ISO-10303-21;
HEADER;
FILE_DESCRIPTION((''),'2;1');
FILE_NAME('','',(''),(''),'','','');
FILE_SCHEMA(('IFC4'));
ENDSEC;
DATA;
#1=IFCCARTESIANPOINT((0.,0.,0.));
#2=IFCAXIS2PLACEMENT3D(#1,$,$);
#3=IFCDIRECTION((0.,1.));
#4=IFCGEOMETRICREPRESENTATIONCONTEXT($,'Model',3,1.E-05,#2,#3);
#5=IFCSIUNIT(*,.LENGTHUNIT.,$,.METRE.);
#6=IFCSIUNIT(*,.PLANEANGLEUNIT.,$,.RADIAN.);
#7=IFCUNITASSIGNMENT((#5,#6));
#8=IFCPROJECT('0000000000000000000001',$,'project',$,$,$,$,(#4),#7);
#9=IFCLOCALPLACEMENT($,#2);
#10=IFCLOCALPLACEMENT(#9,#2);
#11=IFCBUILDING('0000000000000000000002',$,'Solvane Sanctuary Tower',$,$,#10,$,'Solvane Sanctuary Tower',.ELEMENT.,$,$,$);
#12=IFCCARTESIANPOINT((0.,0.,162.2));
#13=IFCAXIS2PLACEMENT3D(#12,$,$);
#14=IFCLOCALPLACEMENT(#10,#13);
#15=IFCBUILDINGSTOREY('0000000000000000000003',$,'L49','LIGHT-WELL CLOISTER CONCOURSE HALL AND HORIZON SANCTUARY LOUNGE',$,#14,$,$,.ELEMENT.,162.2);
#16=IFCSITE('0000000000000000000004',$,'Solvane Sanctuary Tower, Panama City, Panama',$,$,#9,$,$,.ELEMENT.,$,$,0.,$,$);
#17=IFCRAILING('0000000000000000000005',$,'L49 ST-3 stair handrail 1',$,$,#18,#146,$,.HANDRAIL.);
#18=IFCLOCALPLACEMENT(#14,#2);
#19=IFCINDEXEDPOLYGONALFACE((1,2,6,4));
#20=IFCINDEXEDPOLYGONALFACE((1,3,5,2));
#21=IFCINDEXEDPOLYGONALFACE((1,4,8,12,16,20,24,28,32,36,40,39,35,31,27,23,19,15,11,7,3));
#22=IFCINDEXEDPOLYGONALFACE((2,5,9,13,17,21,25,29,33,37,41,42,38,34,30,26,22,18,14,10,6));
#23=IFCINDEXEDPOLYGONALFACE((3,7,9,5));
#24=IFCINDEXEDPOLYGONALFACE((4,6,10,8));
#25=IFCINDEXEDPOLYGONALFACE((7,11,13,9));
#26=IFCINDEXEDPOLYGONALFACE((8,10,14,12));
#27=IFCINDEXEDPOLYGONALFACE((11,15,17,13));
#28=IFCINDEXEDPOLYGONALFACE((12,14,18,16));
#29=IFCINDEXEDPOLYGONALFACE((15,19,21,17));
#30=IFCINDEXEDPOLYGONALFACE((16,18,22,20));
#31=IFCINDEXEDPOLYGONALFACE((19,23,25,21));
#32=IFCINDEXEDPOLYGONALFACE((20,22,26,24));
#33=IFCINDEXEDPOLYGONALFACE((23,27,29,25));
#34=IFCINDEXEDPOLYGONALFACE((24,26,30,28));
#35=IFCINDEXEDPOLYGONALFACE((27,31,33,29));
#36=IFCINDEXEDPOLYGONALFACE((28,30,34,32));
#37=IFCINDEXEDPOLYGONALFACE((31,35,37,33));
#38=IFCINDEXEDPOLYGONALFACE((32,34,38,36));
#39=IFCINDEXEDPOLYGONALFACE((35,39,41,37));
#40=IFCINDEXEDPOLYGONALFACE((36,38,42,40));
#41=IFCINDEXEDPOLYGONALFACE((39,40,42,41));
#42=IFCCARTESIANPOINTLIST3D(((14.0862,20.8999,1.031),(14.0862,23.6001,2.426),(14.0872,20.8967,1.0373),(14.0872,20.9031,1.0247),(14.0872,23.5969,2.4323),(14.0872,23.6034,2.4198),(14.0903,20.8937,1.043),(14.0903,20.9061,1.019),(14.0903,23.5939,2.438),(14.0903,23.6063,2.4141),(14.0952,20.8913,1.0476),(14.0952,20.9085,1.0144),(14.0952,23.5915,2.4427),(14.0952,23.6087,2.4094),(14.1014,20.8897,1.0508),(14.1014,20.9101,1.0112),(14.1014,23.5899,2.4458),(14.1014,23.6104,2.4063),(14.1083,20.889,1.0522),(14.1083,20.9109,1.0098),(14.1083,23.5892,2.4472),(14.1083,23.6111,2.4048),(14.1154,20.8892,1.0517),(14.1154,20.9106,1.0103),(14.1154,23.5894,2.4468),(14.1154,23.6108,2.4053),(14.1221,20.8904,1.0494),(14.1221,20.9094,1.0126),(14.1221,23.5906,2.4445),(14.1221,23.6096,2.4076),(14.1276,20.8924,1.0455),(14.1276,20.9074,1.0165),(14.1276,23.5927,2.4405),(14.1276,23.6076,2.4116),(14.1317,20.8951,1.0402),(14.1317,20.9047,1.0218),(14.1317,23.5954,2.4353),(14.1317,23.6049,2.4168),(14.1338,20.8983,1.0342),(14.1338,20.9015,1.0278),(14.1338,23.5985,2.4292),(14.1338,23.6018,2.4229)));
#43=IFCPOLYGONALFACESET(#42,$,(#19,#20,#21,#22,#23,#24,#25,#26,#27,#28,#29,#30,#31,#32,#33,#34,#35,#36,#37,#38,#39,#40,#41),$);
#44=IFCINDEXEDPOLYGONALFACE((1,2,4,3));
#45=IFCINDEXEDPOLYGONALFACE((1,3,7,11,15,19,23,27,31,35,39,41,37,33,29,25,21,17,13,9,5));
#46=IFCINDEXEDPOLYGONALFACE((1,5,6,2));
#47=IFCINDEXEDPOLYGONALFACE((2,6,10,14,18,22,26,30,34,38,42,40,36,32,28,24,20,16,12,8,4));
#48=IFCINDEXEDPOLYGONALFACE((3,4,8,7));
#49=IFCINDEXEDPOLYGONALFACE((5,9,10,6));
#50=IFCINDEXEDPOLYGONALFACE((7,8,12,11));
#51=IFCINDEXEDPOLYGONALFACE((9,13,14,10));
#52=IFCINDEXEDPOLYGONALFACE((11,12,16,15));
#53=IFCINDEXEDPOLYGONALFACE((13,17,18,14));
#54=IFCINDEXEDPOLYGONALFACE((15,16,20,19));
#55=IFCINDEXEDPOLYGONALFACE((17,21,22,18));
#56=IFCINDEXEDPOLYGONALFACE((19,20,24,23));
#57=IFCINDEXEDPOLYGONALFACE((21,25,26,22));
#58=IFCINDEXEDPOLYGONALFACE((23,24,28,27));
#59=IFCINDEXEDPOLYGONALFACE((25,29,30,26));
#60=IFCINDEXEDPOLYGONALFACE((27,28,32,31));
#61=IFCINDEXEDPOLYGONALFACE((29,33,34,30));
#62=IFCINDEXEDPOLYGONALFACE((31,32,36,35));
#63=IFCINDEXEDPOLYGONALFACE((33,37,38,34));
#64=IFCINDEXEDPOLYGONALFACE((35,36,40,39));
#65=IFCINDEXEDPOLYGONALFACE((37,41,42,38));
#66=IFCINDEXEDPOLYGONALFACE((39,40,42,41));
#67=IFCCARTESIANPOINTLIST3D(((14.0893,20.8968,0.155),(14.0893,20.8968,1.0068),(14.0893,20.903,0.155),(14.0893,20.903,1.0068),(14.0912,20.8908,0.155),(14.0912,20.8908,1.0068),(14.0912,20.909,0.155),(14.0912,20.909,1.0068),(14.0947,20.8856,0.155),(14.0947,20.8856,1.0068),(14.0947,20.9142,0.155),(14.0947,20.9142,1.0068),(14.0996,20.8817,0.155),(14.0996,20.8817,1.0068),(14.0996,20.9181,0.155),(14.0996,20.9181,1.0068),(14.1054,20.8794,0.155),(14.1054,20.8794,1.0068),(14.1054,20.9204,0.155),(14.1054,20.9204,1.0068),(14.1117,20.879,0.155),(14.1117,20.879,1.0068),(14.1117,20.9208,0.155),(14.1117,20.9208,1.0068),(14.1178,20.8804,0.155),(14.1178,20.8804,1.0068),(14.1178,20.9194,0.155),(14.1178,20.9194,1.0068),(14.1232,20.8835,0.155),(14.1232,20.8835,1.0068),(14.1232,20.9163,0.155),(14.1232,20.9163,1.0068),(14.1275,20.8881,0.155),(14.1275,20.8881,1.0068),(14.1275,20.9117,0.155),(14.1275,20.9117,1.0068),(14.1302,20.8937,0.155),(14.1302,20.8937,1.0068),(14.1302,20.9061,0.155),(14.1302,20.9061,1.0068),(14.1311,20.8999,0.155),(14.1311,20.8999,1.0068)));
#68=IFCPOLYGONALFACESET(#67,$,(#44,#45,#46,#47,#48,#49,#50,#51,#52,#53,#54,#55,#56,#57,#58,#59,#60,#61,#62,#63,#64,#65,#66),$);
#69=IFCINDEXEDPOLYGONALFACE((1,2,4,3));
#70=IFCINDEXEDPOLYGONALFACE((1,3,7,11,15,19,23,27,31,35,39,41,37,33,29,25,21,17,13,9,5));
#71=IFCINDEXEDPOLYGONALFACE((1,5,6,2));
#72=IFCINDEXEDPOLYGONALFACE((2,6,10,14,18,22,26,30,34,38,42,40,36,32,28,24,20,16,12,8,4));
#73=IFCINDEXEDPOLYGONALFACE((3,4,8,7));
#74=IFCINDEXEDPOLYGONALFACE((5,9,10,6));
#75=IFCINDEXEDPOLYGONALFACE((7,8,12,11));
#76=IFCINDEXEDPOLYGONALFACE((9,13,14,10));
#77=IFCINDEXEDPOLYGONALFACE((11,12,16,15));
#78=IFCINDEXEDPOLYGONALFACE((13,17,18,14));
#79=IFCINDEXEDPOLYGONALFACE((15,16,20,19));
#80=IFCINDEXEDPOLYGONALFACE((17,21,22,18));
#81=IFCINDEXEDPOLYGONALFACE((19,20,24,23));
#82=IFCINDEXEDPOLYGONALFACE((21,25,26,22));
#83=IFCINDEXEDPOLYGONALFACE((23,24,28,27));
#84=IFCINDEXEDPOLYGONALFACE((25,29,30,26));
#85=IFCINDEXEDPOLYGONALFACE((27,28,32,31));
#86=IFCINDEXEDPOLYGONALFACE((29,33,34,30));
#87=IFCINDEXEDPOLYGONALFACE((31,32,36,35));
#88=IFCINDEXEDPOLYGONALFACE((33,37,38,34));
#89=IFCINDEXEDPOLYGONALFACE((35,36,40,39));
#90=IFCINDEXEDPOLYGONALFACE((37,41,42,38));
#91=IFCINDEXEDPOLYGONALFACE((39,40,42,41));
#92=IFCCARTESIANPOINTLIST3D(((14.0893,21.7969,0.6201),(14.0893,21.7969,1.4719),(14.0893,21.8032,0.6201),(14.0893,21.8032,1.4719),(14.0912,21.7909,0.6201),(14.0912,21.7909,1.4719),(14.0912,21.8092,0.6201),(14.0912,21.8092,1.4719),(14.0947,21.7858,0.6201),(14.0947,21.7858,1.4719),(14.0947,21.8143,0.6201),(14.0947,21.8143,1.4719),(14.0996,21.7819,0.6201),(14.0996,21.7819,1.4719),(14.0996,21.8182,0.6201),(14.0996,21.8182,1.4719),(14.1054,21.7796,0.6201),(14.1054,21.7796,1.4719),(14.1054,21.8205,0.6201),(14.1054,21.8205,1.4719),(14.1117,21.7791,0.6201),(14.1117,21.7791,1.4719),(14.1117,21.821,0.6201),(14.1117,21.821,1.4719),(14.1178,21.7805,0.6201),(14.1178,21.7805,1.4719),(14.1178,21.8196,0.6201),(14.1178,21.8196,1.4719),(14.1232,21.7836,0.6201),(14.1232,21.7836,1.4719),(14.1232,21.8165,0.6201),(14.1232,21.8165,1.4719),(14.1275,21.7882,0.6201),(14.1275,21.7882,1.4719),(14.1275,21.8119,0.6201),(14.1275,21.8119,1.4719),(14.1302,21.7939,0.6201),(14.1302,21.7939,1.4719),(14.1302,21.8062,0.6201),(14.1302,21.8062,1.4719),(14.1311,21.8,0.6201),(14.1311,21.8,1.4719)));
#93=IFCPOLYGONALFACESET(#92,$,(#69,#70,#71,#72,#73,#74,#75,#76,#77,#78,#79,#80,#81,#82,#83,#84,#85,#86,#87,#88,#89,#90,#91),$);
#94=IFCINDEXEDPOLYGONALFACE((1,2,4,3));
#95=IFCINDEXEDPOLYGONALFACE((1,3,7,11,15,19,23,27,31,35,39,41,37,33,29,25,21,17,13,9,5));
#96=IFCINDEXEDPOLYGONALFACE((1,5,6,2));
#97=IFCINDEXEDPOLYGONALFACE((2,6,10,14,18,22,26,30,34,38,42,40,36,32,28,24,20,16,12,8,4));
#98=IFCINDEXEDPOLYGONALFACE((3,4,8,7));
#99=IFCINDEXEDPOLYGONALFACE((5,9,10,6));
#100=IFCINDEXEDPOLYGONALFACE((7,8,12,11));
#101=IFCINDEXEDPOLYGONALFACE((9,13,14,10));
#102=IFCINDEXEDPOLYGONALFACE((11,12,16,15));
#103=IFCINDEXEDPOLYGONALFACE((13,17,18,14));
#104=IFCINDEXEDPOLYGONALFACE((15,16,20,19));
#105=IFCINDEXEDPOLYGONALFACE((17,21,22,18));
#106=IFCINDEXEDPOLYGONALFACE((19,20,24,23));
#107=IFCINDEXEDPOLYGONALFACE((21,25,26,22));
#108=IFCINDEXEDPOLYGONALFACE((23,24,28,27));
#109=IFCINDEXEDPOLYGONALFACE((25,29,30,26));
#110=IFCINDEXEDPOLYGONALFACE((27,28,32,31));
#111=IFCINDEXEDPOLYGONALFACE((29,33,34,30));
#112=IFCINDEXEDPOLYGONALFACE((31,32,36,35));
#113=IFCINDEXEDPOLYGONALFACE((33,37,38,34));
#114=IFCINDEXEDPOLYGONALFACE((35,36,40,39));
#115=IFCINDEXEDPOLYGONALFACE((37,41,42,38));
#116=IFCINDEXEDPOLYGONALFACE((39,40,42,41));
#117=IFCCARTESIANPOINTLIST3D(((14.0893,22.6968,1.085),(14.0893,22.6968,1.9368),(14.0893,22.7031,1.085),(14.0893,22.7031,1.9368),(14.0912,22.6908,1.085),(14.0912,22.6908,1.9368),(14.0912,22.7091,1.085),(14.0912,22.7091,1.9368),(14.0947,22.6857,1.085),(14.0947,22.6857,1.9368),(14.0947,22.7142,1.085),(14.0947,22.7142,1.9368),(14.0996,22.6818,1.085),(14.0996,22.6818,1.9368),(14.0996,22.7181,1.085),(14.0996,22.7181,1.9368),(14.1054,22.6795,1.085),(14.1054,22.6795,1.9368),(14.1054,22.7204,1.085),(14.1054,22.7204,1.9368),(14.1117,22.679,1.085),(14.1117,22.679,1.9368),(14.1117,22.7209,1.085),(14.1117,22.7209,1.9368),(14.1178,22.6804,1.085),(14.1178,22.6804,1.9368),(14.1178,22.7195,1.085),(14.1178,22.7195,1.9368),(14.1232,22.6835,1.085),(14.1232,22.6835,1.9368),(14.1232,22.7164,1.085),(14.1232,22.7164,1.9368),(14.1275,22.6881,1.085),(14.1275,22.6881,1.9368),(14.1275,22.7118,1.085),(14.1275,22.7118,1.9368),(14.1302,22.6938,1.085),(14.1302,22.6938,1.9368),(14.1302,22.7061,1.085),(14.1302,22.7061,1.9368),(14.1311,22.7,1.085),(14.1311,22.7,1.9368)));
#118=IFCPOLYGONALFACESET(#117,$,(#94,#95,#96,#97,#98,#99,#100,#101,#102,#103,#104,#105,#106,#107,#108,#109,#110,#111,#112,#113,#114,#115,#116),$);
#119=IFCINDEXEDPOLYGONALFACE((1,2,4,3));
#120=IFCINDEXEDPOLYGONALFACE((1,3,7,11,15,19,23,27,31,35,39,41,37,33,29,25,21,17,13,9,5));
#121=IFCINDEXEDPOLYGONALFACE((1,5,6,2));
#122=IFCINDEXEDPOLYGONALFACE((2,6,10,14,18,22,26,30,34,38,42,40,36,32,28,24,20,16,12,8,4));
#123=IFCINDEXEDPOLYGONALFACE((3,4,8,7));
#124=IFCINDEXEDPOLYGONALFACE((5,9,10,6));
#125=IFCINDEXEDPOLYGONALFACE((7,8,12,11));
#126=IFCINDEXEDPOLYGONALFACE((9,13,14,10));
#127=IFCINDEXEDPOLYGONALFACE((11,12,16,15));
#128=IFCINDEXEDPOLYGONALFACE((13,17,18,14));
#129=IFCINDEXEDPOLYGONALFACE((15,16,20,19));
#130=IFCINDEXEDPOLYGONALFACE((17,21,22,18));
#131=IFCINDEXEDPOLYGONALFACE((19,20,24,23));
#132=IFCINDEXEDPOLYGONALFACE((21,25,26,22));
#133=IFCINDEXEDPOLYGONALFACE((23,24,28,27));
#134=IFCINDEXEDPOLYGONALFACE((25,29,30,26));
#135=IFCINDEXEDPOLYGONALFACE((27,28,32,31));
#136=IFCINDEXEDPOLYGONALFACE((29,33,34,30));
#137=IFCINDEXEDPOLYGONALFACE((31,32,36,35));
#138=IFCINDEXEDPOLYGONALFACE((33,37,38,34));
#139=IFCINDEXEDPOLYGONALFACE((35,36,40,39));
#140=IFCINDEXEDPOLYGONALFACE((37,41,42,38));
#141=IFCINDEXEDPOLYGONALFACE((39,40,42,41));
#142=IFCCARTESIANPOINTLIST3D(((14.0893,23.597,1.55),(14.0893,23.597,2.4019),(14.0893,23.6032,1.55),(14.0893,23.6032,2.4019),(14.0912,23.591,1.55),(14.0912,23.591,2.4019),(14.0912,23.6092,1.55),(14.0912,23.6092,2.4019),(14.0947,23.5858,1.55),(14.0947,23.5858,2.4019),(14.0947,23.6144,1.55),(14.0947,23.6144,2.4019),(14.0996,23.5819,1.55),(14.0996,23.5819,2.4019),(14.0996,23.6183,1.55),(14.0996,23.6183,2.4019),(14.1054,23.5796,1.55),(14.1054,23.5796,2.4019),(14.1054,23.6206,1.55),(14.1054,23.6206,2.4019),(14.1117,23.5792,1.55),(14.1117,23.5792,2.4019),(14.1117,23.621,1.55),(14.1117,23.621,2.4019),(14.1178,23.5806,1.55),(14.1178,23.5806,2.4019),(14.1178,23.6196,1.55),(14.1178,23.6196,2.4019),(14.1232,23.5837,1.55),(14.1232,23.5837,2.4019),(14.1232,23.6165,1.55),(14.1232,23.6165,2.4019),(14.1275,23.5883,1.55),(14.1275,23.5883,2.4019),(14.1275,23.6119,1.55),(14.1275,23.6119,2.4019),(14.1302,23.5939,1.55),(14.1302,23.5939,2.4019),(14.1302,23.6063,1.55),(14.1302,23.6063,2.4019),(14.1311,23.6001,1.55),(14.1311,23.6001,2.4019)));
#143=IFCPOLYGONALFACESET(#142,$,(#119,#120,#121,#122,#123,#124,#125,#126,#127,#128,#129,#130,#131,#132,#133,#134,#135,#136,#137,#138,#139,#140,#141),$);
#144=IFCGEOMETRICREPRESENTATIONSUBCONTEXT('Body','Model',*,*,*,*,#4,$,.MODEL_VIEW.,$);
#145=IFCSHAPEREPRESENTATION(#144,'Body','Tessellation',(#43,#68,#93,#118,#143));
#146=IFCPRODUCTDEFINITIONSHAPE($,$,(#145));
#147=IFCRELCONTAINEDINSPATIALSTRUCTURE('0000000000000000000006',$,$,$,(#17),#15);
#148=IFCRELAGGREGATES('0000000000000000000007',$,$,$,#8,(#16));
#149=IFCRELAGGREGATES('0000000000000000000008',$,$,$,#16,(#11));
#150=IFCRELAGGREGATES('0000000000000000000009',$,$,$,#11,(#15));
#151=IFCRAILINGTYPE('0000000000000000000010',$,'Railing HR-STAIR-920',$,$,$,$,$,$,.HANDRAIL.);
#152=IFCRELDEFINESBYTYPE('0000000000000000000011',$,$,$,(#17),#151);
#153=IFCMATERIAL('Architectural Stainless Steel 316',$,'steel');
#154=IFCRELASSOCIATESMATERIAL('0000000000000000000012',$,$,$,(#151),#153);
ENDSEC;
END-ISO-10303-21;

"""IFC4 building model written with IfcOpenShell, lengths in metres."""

from ifc_helpers import new_model, si_unit, direction, frame, origin, origin_2d, place, context, subcontext, project, spatial, circle, extrude, material, type_object, element, save


model = new_model("IFC4")

# Units and contexts
model_context = context("Model", 3, precision=1e-05, world=origin(), true_north=direction((0.0, 1.0)))
body_context = subcontext(model_context, "Body", "Model", "MODEL_VIEW")
ifc_project = project(units=[si_unit("LENGTHUNIT", "METRE"), si_unit("PLANEANGLEUNIT", "RADIAN")], contexts=[model_context])

# Site, building, storey
site_placement = place(None, origin())
site = spatial("IfcSite", under=ifc_project, at=site_placement, Name="Solvane Sanctuary Tower, Panama City, Panama", CompositionType="ELEMENT", RefElevation=0.0)
building_placement = place(site_placement, origin())
building = spatial("IfcBuilding", under=site, at=building_placement, Name="Solvane Sanctuary Tower", LongName="Solvane Sanctuary Tower", CompositionType="ELEMENT")
storey_placement = place(building_placement, frame((0.0, 0.0, 162.2)))
storey = spatial("IfcBuildingStorey", under=building, at=storey_placement, Name="L49", Description="LIGHT-WELL CLOISTER CONCOURSE HALL AND HORIZON SANCTUARY LOUNGE", CompositionType="ELEMENT", Elevation=162.2)

# Shared definitions
ifc_material_1 = material(Name="Architectural Stainless Steel 316", Category="steel")

# Railing
railing_type_1 = type_object("IfcRailingType", Name="Railing HR-STAIR-920", PredefinedType="HANDRAIL", material=ifc_material_1)
railing_1_placement = place(storey_placement, frame((14.1101, 20.8999, 0.155)))
element("IfcRailing", 1, at=railing_1_placement, inside=storey, type_object=railing_type_1, Name="L49 ST-3 stair handrail 1", PredefinedType="HANDRAIL", context=body_context, shape_type="SweptSolid", body=[
    extrude(circle(Radius=0.0239, at=origin_2d()), frame((0.0, 0.0, 0.876), z_axis=(0.0, 0.888437, 0.458999), x_axis=(-1.0, 0.0, 0.0)), (0.0, 0.0, 1.0), 3.0393),
    extrude(circle(Radius=0.021, at=origin_2d()), origin(), (0.0, 0.0, 1.0), 0.8518),
    extrude(circle(Radius=0.021, at=origin_2d()), frame((0.0, 0.9001, 0.4651)), (0.0, 0.0, 1.0), 0.8518),
    extrude(circle(Radius=0.021, at=origin_2d()), frame((0.0, 1.8, 0.9299)), (0.0, 0.0, 1.0), 0.8518),
    extrude(circle(Radius=0.021, at=origin_2d()), frame((0.0, 2.7002, 1.395)), (0.0, 0.0, 1.0), 0.8518),
])

save(model, "model.ifc")
